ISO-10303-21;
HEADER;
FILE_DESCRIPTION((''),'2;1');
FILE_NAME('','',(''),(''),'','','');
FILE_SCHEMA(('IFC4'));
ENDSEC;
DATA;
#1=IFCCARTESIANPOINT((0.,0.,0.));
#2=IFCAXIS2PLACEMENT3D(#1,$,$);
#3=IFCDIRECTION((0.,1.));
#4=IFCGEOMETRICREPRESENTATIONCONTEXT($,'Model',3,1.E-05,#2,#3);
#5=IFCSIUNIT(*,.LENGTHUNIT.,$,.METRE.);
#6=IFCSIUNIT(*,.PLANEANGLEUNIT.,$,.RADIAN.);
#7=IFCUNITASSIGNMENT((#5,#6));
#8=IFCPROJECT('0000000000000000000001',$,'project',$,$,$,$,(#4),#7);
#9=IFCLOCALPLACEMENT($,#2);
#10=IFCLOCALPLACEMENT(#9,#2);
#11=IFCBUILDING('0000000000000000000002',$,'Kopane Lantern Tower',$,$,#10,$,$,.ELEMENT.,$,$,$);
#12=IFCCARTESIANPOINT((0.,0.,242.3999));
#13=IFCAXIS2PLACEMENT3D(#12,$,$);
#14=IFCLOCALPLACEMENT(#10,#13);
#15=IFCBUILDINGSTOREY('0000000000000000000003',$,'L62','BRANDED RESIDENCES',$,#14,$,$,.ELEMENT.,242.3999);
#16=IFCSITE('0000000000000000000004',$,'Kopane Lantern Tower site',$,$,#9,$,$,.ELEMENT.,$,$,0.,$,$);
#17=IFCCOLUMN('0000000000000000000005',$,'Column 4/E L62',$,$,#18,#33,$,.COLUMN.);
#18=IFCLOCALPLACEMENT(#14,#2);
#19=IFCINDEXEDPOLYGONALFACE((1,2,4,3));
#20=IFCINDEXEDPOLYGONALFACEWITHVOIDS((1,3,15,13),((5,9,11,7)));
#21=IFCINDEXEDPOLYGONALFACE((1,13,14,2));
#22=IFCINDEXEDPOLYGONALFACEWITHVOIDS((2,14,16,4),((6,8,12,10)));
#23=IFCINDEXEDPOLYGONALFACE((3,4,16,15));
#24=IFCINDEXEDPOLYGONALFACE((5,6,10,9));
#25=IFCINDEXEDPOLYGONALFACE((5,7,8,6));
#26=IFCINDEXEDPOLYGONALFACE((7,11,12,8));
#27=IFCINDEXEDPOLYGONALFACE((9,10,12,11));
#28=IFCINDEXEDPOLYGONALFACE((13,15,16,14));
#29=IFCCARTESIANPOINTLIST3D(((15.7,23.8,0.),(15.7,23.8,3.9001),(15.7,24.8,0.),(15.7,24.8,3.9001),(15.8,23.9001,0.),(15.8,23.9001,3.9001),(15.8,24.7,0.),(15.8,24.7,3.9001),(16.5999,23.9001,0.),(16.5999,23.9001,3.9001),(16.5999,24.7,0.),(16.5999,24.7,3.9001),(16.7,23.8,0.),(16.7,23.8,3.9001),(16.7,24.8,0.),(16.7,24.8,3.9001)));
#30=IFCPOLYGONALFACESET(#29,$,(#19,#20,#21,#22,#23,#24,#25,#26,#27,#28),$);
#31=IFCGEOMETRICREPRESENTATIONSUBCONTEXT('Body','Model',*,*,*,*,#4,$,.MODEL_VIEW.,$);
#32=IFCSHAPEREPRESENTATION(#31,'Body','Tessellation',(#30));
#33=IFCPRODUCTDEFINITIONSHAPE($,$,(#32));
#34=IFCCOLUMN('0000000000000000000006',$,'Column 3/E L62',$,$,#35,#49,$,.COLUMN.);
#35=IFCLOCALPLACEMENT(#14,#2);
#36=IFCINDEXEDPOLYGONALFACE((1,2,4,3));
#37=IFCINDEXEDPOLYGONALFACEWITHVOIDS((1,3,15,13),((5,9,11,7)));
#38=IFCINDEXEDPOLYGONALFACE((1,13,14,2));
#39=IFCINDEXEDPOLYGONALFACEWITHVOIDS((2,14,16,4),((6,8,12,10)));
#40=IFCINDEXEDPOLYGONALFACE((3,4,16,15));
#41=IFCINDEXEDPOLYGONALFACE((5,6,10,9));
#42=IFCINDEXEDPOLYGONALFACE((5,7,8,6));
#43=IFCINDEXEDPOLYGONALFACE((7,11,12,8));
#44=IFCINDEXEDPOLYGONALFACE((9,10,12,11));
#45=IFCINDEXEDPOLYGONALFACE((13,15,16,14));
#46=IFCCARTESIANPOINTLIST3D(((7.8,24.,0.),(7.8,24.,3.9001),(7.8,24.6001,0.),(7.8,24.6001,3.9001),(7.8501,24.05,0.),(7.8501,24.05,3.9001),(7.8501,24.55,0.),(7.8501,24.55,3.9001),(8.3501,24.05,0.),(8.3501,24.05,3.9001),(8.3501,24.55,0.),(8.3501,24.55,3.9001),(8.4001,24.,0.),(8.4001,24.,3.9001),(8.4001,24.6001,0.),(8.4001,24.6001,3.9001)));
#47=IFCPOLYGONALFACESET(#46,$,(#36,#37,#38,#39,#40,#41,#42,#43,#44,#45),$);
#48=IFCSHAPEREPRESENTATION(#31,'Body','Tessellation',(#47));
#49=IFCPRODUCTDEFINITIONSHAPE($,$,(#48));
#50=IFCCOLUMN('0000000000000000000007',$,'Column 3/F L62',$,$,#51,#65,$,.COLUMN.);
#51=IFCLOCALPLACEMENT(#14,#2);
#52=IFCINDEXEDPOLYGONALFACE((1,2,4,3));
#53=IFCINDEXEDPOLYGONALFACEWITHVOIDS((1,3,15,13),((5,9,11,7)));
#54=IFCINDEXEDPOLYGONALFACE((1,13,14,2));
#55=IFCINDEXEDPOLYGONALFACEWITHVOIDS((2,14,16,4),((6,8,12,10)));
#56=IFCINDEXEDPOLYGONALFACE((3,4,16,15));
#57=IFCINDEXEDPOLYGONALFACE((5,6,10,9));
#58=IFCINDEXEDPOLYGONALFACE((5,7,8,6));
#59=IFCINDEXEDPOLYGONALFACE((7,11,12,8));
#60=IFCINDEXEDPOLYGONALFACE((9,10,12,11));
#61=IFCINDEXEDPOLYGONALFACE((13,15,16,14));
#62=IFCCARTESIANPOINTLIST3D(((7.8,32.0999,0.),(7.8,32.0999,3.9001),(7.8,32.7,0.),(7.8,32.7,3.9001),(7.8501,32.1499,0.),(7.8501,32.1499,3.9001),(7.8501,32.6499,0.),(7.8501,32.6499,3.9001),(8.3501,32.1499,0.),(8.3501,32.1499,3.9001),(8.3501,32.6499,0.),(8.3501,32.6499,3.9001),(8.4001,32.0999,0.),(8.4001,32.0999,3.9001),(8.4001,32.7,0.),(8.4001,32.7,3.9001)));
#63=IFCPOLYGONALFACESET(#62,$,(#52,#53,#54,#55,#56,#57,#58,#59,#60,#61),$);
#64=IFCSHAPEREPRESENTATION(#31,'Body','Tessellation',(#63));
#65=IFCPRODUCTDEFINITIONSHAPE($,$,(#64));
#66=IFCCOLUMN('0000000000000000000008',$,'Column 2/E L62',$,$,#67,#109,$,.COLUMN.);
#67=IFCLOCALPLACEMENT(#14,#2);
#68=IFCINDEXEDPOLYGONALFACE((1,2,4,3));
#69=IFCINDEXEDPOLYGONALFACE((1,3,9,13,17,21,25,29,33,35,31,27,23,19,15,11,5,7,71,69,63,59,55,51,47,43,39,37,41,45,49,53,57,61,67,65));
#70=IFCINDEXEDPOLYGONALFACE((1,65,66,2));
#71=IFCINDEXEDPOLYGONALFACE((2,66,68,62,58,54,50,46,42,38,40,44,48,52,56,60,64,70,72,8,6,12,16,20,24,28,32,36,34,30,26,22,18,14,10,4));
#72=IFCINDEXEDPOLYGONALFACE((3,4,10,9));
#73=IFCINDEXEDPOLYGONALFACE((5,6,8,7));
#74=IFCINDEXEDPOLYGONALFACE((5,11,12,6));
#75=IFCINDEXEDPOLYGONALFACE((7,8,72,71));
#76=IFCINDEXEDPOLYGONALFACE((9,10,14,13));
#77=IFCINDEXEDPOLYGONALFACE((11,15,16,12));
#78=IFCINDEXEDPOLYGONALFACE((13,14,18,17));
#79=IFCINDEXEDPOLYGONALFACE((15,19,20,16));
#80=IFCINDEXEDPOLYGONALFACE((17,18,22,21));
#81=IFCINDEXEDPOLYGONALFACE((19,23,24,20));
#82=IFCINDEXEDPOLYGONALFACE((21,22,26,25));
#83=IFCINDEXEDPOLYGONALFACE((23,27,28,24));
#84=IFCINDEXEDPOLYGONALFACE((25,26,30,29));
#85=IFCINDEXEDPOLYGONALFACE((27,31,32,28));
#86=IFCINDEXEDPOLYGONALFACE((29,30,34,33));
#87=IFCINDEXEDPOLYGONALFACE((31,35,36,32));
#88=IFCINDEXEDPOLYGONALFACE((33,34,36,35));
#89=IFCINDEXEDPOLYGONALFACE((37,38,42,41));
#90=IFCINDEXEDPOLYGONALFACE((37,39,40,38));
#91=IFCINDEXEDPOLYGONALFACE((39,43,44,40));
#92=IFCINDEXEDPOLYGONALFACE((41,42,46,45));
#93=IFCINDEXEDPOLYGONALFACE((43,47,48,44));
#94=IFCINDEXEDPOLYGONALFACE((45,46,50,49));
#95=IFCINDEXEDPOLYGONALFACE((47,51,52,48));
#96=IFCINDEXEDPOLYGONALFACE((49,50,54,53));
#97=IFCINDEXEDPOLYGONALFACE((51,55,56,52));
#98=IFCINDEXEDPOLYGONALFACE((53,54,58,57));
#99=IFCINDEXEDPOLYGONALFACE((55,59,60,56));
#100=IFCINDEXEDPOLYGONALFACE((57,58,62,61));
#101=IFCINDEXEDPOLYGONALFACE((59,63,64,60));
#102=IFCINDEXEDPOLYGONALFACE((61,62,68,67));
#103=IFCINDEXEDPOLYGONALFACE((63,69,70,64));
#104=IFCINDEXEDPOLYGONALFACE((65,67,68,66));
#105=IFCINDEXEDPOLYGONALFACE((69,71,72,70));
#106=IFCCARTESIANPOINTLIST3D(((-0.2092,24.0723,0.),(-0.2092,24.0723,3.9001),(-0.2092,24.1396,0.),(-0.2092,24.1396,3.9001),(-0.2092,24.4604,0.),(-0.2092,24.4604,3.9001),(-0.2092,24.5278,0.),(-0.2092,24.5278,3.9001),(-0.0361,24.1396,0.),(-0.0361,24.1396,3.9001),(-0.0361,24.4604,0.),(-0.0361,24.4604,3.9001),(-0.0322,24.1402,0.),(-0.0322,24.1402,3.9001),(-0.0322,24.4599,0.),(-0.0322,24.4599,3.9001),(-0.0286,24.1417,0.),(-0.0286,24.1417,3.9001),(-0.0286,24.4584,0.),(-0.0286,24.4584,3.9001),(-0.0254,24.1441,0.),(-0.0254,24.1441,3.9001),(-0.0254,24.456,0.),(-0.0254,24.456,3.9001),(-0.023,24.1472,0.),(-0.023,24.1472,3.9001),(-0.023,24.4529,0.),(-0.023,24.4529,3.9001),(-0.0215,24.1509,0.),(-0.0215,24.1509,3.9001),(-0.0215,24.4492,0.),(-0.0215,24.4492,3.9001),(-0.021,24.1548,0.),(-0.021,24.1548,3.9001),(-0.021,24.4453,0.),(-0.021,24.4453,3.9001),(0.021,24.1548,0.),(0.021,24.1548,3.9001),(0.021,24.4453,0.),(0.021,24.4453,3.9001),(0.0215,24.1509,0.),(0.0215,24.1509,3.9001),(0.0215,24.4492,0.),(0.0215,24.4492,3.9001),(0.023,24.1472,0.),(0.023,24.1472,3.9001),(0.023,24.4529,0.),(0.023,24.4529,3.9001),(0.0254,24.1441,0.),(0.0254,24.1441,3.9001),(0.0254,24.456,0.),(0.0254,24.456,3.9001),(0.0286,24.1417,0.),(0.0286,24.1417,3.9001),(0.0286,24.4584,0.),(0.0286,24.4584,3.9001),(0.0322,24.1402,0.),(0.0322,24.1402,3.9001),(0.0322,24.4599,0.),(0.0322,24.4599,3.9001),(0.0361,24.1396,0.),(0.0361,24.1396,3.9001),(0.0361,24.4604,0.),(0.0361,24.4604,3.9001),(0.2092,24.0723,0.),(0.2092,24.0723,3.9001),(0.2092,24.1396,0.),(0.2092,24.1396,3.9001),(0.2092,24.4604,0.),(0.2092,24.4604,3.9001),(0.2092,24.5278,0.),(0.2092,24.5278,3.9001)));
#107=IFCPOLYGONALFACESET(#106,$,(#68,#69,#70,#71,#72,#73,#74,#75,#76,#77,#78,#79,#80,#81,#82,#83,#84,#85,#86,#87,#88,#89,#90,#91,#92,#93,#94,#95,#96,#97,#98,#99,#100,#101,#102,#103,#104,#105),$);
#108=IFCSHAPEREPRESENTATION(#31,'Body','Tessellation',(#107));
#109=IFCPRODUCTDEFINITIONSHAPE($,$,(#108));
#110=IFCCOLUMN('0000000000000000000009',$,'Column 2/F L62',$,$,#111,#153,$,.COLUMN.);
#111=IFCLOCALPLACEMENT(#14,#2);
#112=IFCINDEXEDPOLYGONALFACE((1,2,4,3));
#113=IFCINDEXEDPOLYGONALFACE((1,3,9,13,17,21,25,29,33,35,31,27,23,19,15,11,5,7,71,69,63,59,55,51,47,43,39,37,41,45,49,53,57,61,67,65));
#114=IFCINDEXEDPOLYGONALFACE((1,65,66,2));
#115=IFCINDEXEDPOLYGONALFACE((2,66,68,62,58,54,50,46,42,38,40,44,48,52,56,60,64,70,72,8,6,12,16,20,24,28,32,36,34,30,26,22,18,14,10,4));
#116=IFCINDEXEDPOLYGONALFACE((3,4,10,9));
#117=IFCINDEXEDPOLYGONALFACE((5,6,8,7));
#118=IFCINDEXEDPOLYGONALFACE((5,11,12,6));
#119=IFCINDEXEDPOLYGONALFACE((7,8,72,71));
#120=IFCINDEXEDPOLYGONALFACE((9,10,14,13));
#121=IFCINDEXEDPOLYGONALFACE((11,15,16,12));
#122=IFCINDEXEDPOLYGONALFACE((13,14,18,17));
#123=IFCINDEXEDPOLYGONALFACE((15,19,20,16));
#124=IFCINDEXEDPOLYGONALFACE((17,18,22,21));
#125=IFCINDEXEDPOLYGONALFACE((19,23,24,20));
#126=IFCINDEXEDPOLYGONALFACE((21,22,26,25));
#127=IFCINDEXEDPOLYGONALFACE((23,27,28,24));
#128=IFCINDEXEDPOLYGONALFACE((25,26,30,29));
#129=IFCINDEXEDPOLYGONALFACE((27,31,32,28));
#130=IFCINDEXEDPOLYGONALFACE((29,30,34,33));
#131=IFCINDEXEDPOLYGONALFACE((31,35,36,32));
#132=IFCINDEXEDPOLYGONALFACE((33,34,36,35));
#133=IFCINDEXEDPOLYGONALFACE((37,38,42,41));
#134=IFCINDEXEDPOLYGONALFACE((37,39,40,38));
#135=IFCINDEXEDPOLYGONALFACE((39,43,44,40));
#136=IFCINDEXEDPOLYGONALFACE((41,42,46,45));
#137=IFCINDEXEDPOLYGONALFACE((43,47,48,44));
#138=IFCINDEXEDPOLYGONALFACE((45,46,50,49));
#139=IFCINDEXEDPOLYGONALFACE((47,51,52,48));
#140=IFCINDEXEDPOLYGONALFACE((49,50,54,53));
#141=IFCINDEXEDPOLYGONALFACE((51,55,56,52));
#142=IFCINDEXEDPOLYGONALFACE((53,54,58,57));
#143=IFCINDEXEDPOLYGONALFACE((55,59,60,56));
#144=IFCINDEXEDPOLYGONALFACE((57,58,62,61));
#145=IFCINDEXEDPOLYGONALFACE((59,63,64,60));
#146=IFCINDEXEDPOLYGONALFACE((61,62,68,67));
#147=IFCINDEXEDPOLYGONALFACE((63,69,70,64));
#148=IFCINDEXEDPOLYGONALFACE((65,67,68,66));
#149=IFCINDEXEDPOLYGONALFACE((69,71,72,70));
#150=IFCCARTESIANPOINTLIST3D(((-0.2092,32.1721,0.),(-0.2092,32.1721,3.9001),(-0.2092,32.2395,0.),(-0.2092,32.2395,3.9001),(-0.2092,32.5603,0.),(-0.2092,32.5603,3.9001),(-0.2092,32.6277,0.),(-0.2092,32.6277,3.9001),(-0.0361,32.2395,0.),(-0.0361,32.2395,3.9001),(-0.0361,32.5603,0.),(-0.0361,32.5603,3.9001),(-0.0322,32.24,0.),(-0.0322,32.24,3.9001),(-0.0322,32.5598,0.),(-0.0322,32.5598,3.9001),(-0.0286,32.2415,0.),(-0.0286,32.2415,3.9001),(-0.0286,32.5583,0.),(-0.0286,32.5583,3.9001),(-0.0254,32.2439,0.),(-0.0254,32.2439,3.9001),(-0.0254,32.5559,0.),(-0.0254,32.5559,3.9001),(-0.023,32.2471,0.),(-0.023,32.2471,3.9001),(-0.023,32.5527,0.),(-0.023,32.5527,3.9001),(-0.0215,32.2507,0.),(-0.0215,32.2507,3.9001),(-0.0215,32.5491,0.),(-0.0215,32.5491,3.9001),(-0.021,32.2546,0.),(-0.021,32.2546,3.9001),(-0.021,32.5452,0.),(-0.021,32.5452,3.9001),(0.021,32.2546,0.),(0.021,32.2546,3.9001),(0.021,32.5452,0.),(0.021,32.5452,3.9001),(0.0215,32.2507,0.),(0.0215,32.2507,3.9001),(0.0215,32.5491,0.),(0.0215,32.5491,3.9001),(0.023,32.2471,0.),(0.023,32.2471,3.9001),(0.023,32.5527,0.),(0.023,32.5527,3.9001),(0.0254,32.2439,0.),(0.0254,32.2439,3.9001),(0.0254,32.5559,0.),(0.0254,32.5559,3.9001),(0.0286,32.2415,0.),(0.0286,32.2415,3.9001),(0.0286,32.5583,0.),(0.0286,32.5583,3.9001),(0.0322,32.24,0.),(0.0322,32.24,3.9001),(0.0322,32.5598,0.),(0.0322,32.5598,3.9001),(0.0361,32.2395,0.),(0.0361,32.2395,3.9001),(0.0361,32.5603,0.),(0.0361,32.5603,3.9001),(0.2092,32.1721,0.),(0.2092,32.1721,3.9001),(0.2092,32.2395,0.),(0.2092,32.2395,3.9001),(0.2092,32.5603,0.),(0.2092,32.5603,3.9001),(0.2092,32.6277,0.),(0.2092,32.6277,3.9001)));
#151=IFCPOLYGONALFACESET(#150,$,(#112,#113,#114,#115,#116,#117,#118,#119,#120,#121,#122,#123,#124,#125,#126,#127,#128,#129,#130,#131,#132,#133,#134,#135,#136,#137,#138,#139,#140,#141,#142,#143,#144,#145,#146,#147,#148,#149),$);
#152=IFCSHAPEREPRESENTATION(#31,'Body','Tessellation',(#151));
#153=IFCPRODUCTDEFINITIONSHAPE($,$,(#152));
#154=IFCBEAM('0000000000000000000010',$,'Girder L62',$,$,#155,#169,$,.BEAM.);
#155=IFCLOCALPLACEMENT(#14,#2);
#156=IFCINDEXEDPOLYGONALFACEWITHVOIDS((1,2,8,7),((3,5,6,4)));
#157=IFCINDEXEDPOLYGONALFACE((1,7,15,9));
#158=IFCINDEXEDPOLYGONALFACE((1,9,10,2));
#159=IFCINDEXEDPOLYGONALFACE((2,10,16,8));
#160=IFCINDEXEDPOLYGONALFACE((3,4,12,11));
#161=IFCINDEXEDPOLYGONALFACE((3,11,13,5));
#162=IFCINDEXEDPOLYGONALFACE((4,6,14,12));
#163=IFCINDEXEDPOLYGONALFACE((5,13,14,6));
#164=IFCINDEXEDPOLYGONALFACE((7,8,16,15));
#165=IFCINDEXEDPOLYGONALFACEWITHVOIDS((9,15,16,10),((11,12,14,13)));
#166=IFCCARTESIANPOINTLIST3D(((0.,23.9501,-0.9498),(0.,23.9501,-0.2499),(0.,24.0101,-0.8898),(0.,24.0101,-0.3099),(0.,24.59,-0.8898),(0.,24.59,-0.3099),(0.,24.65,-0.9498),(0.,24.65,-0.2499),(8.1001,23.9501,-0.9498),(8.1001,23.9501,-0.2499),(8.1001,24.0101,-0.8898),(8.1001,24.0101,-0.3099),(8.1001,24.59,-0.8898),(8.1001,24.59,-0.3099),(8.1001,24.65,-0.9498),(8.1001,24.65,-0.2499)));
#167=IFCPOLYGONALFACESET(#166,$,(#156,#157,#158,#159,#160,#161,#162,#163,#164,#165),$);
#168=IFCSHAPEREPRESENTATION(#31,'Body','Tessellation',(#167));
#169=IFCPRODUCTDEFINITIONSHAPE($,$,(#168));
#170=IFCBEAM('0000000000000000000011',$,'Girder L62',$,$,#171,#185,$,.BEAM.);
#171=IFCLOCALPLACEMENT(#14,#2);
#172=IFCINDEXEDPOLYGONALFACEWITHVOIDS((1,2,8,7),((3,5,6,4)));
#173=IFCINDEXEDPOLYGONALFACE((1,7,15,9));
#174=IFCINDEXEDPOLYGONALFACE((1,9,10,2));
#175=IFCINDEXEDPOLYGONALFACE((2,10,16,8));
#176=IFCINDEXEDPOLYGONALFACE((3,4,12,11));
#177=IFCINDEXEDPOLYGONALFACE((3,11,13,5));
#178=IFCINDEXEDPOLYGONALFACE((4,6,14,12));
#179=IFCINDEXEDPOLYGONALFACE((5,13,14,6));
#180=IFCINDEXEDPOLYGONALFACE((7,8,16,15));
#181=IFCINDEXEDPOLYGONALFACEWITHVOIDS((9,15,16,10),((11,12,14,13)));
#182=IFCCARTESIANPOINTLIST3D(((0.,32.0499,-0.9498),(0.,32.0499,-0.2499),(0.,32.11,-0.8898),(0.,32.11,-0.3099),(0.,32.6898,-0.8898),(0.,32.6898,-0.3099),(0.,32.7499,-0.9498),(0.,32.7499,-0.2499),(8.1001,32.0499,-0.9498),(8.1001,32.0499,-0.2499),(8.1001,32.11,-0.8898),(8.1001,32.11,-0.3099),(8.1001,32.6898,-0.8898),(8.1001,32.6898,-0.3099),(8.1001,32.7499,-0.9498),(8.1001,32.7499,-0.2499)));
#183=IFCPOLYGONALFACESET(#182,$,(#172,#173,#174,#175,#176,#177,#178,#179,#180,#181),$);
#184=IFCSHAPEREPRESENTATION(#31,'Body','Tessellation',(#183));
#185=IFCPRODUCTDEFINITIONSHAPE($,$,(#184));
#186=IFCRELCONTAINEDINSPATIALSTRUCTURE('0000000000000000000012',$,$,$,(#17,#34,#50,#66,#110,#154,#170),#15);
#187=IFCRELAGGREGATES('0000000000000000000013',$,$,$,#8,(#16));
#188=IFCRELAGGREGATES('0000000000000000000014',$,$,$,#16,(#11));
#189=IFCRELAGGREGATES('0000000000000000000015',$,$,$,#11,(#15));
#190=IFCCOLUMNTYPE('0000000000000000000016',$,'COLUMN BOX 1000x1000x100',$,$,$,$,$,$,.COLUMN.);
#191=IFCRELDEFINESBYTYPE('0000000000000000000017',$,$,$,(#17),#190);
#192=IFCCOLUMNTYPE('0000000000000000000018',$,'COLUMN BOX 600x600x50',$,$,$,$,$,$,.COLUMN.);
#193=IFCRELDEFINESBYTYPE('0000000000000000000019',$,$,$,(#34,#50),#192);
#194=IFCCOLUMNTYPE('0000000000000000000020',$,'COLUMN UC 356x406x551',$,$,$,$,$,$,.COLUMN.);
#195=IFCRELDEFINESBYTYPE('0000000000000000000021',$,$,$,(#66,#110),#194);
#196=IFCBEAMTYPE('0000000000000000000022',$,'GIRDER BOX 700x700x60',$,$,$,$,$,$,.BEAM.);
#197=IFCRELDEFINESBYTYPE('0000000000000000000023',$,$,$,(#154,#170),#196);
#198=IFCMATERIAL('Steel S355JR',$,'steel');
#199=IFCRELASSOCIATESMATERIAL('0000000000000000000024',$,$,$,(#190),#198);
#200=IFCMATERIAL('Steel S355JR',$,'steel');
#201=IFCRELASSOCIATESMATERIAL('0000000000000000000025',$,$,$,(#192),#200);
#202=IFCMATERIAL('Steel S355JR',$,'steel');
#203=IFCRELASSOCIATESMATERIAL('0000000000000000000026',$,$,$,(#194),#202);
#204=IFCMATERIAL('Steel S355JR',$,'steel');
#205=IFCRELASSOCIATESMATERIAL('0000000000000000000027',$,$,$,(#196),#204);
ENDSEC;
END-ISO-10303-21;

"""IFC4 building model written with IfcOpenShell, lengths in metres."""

from ifc_helpers import new_model, si_unit, direction, frame, origin, origin_2d, place, context, subcontext, project, spatial, hollow_rectangle, i_section, extrude, material, material_profile, profile_set, type_object, element, save


model = new_model("IFC4")

# Units and contexts
model_context = context("Model", 3, precision=1e-05, world=origin(), true_north=direction((0.0, 1.0)))
body_context = subcontext(model_context, "Body", "Model", "MODEL_VIEW")
ifc_project = project(units=[si_unit("LENGTHUNIT", "METRE"), si_unit("PLANEANGLEUNIT", "RADIAN")], contexts=[model_context])

# Site, building, storey
site_placement = place(None, origin())
site = spatial("IfcSite", under=ifc_project, at=site_placement, Name="Kopane Lantern Tower site", CompositionType="ELEMENT", RefElevation=0.0)
building_placement = place(site_placement, origin())
building = spatial("IfcBuilding", under=site, at=building_placement, Name="Kopane Lantern Tower", CompositionType="ELEMENT")
storey_placement = place(building_placement, frame((0.0, 0.0, 242.3999)))
storey = spatial("IfcBuildingStorey", under=building, at=storey_placement, Name="L62", Description="BRANDED RESIDENCES", CompositionType="ELEMENT", Elevation=242.3999)

# Columns
ifc_material_1 = material(Name="Steel S355JR", Category="steel")
ifc_material_profile_1 = material_profile(ifc_material_1, hollow_rectangle(XDim=1.0, YDim=1.0, WallThickness=0.1001, at=origin_2d()), Name="BOX 1000x1000x100")
ifc_profile_set_1 = profile_set([ifc_material_profile_1], Name="Steel S355JR")
column_type_1 = type_object("IfcColumnType", Name="COLUMN BOX 1000x1000x100", PredefinedType="COLUMN", material=ifc_profile_set_1)
column_placement = place(storey_placement, frame((16.2, 24.3, 0.0), z_axis=(0.0, 0.0, 1.0), x_axis=(1.0, 0.0, 0.0)))
element("IfcColumn", 1, at=column_placement, inside=storey, type_object=column_type_1, Name="Column 4/E L62", PredefinedType="COLUMN", context=body_context, shape_type="SweptSolid", body=[
    extrude(hollow_rectangle(XDim=1.0, YDim=1.0, WallThickness=0.1001, at=origin_2d()), origin(), (0.0, 0.0, 1.0), 3.9001),
])
ifc_material_2 = material(Name="Steel S355JR", Category="steel")
ifc_material_profile_2 = material_profile(ifc_material_2, hollow_rectangle(XDim=0.6001, YDim=0.6001, WallThickness=0.05, at=origin_2d()), Name="BOX 600x600x50")
ifc_profile_set_2 = profile_set([ifc_material_profile_2], Name="Steel S355JR")
column_type_2 = type_object("IfcColumnType", Name="COLUMN BOX 600x600x50", PredefinedType="COLUMN", material=ifc_profile_set_2)
for number, where, z_axis, x_axis, name in (
    (2, (8.1001, 24.3, 0.0), (0.0, 0.0, 1.0), (1.0, 0.0, 0.0), "Column 3/E L62"),
    (3, (8.1001, 32.3999, 0.0), (0.0, 0.0, 1.0), (1.0, 0.0, 0.0), "Column 3/F L62"),
):
    element("IfcColumn", number, at=place(storey_placement, frame(where, z_axis=z_axis, x_axis=x_axis)), inside=storey, type_object=column_type_2, Name=name, PredefinedType="COLUMN", context=body_context, shape_type="SweptSolid", body=[
        extrude(hollow_rectangle(XDim=0.6001, YDim=0.6001, WallThickness=0.05, at=origin_2d()), origin(), (0.0, 0.0, 1.0), 3.9001),
    ])
ifc_material_3 = material(Name="Steel S355JR", Category="steel")
ifc_material_profile_3 = material_profile(ifc_material_3, i_section(OverallWidth=0.4185, OverallDepth=0.4556, WebThickness=0.042, FlangeThickness=0.0674, FilletRadius=0.0151, at=origin_2d()), Name="UC 356x406x551")
ifc_profile_set_3 = profile_set([ifc_material_profile_3], Name="Steel S355JR")
column_type_3 = type_object("IfcColumnType", Name="COLUMN UC 356x406x551", PredefinedType="COLUMN", material=ifc_profile_set_3)
for number, where, z_axis, x_axis, name in (
    (4, (0.0, 24.3, 0.0), (0.0, 0.0, 1.0), (1.0, 0.0, 0.0), "Column 2/E L62"),
    (5, (0.0, 32.3999, 0.0), (0.0, 0.0, 1.0), (1.0, 0.0, 0.0), "Column 2/F L62"),
):
    element("IfcColumn", number, at=place(storey_placement, frame(where, z_axis=z_axis, x_axis=x_axis)), inside=storey, type_object=column_type_3, Name=name, PredefinedType="COLUMN", context=body_context, shape_type="SweptSolid", body=[
        extrude(i_section(OverallWidth=0.4185, OverallDepth=0.4556, WebThickness=0.042, FlangeThickness=0.0674, FilletRadius=0.0151, at=origin_2d()), origin(), (0.0, 0.0, 1.0), 3.9001),
    ])

# Beams
ifc_material_4 = material(Name="Steel S355JR", Category="steel")
ifc_material_profile_4 = material_profile(ifc_material_4, hollow_rectangle(XDim=0.7, YDim=0.7, WallThickness=0.0601, at=origin_2d()), Name="BOX 700x700x60")
ifc_profile_set_4 = profile_set([ifc_material_profile_4], Name="Steel S355JR")
beam_type_1 = type_object("IfcBeamType", Name="GIRDER BOX 700x700x60", PredefinedType="BEAM", material=ifc_profile_set_4)
for number, where, z_axis, x_axis, name in (
    (6, (0.0, 24.3, -0.5999), (1.0, 0.0, 0.0), (0.0, 1.0, 0.0), "Girder L62"),
    (7, (0.0, 32.3999, -0.5999), (1.0, 0.0, 0.0), (0.0, 1.0, 0.0), "Girder L62"),
):
    element("IfcBeam", number, at=place(storey_placement, frame(where, z_axis=z_axis, x_axis=x_axis)), inside=storey, type_object=beam_type_1, Name=name, PredefinedType="BEAM", context=body_context, shape_type="SweptSolid", body=[
        extrude(hollow_rectangle(XDim=0.7, YDim=0.7, WallThickness=0.0601, at=origin_2d()), origin(), (0.0, 0.0, 1.0), 8.1001),
    ])

save(model, "model.ifc")
